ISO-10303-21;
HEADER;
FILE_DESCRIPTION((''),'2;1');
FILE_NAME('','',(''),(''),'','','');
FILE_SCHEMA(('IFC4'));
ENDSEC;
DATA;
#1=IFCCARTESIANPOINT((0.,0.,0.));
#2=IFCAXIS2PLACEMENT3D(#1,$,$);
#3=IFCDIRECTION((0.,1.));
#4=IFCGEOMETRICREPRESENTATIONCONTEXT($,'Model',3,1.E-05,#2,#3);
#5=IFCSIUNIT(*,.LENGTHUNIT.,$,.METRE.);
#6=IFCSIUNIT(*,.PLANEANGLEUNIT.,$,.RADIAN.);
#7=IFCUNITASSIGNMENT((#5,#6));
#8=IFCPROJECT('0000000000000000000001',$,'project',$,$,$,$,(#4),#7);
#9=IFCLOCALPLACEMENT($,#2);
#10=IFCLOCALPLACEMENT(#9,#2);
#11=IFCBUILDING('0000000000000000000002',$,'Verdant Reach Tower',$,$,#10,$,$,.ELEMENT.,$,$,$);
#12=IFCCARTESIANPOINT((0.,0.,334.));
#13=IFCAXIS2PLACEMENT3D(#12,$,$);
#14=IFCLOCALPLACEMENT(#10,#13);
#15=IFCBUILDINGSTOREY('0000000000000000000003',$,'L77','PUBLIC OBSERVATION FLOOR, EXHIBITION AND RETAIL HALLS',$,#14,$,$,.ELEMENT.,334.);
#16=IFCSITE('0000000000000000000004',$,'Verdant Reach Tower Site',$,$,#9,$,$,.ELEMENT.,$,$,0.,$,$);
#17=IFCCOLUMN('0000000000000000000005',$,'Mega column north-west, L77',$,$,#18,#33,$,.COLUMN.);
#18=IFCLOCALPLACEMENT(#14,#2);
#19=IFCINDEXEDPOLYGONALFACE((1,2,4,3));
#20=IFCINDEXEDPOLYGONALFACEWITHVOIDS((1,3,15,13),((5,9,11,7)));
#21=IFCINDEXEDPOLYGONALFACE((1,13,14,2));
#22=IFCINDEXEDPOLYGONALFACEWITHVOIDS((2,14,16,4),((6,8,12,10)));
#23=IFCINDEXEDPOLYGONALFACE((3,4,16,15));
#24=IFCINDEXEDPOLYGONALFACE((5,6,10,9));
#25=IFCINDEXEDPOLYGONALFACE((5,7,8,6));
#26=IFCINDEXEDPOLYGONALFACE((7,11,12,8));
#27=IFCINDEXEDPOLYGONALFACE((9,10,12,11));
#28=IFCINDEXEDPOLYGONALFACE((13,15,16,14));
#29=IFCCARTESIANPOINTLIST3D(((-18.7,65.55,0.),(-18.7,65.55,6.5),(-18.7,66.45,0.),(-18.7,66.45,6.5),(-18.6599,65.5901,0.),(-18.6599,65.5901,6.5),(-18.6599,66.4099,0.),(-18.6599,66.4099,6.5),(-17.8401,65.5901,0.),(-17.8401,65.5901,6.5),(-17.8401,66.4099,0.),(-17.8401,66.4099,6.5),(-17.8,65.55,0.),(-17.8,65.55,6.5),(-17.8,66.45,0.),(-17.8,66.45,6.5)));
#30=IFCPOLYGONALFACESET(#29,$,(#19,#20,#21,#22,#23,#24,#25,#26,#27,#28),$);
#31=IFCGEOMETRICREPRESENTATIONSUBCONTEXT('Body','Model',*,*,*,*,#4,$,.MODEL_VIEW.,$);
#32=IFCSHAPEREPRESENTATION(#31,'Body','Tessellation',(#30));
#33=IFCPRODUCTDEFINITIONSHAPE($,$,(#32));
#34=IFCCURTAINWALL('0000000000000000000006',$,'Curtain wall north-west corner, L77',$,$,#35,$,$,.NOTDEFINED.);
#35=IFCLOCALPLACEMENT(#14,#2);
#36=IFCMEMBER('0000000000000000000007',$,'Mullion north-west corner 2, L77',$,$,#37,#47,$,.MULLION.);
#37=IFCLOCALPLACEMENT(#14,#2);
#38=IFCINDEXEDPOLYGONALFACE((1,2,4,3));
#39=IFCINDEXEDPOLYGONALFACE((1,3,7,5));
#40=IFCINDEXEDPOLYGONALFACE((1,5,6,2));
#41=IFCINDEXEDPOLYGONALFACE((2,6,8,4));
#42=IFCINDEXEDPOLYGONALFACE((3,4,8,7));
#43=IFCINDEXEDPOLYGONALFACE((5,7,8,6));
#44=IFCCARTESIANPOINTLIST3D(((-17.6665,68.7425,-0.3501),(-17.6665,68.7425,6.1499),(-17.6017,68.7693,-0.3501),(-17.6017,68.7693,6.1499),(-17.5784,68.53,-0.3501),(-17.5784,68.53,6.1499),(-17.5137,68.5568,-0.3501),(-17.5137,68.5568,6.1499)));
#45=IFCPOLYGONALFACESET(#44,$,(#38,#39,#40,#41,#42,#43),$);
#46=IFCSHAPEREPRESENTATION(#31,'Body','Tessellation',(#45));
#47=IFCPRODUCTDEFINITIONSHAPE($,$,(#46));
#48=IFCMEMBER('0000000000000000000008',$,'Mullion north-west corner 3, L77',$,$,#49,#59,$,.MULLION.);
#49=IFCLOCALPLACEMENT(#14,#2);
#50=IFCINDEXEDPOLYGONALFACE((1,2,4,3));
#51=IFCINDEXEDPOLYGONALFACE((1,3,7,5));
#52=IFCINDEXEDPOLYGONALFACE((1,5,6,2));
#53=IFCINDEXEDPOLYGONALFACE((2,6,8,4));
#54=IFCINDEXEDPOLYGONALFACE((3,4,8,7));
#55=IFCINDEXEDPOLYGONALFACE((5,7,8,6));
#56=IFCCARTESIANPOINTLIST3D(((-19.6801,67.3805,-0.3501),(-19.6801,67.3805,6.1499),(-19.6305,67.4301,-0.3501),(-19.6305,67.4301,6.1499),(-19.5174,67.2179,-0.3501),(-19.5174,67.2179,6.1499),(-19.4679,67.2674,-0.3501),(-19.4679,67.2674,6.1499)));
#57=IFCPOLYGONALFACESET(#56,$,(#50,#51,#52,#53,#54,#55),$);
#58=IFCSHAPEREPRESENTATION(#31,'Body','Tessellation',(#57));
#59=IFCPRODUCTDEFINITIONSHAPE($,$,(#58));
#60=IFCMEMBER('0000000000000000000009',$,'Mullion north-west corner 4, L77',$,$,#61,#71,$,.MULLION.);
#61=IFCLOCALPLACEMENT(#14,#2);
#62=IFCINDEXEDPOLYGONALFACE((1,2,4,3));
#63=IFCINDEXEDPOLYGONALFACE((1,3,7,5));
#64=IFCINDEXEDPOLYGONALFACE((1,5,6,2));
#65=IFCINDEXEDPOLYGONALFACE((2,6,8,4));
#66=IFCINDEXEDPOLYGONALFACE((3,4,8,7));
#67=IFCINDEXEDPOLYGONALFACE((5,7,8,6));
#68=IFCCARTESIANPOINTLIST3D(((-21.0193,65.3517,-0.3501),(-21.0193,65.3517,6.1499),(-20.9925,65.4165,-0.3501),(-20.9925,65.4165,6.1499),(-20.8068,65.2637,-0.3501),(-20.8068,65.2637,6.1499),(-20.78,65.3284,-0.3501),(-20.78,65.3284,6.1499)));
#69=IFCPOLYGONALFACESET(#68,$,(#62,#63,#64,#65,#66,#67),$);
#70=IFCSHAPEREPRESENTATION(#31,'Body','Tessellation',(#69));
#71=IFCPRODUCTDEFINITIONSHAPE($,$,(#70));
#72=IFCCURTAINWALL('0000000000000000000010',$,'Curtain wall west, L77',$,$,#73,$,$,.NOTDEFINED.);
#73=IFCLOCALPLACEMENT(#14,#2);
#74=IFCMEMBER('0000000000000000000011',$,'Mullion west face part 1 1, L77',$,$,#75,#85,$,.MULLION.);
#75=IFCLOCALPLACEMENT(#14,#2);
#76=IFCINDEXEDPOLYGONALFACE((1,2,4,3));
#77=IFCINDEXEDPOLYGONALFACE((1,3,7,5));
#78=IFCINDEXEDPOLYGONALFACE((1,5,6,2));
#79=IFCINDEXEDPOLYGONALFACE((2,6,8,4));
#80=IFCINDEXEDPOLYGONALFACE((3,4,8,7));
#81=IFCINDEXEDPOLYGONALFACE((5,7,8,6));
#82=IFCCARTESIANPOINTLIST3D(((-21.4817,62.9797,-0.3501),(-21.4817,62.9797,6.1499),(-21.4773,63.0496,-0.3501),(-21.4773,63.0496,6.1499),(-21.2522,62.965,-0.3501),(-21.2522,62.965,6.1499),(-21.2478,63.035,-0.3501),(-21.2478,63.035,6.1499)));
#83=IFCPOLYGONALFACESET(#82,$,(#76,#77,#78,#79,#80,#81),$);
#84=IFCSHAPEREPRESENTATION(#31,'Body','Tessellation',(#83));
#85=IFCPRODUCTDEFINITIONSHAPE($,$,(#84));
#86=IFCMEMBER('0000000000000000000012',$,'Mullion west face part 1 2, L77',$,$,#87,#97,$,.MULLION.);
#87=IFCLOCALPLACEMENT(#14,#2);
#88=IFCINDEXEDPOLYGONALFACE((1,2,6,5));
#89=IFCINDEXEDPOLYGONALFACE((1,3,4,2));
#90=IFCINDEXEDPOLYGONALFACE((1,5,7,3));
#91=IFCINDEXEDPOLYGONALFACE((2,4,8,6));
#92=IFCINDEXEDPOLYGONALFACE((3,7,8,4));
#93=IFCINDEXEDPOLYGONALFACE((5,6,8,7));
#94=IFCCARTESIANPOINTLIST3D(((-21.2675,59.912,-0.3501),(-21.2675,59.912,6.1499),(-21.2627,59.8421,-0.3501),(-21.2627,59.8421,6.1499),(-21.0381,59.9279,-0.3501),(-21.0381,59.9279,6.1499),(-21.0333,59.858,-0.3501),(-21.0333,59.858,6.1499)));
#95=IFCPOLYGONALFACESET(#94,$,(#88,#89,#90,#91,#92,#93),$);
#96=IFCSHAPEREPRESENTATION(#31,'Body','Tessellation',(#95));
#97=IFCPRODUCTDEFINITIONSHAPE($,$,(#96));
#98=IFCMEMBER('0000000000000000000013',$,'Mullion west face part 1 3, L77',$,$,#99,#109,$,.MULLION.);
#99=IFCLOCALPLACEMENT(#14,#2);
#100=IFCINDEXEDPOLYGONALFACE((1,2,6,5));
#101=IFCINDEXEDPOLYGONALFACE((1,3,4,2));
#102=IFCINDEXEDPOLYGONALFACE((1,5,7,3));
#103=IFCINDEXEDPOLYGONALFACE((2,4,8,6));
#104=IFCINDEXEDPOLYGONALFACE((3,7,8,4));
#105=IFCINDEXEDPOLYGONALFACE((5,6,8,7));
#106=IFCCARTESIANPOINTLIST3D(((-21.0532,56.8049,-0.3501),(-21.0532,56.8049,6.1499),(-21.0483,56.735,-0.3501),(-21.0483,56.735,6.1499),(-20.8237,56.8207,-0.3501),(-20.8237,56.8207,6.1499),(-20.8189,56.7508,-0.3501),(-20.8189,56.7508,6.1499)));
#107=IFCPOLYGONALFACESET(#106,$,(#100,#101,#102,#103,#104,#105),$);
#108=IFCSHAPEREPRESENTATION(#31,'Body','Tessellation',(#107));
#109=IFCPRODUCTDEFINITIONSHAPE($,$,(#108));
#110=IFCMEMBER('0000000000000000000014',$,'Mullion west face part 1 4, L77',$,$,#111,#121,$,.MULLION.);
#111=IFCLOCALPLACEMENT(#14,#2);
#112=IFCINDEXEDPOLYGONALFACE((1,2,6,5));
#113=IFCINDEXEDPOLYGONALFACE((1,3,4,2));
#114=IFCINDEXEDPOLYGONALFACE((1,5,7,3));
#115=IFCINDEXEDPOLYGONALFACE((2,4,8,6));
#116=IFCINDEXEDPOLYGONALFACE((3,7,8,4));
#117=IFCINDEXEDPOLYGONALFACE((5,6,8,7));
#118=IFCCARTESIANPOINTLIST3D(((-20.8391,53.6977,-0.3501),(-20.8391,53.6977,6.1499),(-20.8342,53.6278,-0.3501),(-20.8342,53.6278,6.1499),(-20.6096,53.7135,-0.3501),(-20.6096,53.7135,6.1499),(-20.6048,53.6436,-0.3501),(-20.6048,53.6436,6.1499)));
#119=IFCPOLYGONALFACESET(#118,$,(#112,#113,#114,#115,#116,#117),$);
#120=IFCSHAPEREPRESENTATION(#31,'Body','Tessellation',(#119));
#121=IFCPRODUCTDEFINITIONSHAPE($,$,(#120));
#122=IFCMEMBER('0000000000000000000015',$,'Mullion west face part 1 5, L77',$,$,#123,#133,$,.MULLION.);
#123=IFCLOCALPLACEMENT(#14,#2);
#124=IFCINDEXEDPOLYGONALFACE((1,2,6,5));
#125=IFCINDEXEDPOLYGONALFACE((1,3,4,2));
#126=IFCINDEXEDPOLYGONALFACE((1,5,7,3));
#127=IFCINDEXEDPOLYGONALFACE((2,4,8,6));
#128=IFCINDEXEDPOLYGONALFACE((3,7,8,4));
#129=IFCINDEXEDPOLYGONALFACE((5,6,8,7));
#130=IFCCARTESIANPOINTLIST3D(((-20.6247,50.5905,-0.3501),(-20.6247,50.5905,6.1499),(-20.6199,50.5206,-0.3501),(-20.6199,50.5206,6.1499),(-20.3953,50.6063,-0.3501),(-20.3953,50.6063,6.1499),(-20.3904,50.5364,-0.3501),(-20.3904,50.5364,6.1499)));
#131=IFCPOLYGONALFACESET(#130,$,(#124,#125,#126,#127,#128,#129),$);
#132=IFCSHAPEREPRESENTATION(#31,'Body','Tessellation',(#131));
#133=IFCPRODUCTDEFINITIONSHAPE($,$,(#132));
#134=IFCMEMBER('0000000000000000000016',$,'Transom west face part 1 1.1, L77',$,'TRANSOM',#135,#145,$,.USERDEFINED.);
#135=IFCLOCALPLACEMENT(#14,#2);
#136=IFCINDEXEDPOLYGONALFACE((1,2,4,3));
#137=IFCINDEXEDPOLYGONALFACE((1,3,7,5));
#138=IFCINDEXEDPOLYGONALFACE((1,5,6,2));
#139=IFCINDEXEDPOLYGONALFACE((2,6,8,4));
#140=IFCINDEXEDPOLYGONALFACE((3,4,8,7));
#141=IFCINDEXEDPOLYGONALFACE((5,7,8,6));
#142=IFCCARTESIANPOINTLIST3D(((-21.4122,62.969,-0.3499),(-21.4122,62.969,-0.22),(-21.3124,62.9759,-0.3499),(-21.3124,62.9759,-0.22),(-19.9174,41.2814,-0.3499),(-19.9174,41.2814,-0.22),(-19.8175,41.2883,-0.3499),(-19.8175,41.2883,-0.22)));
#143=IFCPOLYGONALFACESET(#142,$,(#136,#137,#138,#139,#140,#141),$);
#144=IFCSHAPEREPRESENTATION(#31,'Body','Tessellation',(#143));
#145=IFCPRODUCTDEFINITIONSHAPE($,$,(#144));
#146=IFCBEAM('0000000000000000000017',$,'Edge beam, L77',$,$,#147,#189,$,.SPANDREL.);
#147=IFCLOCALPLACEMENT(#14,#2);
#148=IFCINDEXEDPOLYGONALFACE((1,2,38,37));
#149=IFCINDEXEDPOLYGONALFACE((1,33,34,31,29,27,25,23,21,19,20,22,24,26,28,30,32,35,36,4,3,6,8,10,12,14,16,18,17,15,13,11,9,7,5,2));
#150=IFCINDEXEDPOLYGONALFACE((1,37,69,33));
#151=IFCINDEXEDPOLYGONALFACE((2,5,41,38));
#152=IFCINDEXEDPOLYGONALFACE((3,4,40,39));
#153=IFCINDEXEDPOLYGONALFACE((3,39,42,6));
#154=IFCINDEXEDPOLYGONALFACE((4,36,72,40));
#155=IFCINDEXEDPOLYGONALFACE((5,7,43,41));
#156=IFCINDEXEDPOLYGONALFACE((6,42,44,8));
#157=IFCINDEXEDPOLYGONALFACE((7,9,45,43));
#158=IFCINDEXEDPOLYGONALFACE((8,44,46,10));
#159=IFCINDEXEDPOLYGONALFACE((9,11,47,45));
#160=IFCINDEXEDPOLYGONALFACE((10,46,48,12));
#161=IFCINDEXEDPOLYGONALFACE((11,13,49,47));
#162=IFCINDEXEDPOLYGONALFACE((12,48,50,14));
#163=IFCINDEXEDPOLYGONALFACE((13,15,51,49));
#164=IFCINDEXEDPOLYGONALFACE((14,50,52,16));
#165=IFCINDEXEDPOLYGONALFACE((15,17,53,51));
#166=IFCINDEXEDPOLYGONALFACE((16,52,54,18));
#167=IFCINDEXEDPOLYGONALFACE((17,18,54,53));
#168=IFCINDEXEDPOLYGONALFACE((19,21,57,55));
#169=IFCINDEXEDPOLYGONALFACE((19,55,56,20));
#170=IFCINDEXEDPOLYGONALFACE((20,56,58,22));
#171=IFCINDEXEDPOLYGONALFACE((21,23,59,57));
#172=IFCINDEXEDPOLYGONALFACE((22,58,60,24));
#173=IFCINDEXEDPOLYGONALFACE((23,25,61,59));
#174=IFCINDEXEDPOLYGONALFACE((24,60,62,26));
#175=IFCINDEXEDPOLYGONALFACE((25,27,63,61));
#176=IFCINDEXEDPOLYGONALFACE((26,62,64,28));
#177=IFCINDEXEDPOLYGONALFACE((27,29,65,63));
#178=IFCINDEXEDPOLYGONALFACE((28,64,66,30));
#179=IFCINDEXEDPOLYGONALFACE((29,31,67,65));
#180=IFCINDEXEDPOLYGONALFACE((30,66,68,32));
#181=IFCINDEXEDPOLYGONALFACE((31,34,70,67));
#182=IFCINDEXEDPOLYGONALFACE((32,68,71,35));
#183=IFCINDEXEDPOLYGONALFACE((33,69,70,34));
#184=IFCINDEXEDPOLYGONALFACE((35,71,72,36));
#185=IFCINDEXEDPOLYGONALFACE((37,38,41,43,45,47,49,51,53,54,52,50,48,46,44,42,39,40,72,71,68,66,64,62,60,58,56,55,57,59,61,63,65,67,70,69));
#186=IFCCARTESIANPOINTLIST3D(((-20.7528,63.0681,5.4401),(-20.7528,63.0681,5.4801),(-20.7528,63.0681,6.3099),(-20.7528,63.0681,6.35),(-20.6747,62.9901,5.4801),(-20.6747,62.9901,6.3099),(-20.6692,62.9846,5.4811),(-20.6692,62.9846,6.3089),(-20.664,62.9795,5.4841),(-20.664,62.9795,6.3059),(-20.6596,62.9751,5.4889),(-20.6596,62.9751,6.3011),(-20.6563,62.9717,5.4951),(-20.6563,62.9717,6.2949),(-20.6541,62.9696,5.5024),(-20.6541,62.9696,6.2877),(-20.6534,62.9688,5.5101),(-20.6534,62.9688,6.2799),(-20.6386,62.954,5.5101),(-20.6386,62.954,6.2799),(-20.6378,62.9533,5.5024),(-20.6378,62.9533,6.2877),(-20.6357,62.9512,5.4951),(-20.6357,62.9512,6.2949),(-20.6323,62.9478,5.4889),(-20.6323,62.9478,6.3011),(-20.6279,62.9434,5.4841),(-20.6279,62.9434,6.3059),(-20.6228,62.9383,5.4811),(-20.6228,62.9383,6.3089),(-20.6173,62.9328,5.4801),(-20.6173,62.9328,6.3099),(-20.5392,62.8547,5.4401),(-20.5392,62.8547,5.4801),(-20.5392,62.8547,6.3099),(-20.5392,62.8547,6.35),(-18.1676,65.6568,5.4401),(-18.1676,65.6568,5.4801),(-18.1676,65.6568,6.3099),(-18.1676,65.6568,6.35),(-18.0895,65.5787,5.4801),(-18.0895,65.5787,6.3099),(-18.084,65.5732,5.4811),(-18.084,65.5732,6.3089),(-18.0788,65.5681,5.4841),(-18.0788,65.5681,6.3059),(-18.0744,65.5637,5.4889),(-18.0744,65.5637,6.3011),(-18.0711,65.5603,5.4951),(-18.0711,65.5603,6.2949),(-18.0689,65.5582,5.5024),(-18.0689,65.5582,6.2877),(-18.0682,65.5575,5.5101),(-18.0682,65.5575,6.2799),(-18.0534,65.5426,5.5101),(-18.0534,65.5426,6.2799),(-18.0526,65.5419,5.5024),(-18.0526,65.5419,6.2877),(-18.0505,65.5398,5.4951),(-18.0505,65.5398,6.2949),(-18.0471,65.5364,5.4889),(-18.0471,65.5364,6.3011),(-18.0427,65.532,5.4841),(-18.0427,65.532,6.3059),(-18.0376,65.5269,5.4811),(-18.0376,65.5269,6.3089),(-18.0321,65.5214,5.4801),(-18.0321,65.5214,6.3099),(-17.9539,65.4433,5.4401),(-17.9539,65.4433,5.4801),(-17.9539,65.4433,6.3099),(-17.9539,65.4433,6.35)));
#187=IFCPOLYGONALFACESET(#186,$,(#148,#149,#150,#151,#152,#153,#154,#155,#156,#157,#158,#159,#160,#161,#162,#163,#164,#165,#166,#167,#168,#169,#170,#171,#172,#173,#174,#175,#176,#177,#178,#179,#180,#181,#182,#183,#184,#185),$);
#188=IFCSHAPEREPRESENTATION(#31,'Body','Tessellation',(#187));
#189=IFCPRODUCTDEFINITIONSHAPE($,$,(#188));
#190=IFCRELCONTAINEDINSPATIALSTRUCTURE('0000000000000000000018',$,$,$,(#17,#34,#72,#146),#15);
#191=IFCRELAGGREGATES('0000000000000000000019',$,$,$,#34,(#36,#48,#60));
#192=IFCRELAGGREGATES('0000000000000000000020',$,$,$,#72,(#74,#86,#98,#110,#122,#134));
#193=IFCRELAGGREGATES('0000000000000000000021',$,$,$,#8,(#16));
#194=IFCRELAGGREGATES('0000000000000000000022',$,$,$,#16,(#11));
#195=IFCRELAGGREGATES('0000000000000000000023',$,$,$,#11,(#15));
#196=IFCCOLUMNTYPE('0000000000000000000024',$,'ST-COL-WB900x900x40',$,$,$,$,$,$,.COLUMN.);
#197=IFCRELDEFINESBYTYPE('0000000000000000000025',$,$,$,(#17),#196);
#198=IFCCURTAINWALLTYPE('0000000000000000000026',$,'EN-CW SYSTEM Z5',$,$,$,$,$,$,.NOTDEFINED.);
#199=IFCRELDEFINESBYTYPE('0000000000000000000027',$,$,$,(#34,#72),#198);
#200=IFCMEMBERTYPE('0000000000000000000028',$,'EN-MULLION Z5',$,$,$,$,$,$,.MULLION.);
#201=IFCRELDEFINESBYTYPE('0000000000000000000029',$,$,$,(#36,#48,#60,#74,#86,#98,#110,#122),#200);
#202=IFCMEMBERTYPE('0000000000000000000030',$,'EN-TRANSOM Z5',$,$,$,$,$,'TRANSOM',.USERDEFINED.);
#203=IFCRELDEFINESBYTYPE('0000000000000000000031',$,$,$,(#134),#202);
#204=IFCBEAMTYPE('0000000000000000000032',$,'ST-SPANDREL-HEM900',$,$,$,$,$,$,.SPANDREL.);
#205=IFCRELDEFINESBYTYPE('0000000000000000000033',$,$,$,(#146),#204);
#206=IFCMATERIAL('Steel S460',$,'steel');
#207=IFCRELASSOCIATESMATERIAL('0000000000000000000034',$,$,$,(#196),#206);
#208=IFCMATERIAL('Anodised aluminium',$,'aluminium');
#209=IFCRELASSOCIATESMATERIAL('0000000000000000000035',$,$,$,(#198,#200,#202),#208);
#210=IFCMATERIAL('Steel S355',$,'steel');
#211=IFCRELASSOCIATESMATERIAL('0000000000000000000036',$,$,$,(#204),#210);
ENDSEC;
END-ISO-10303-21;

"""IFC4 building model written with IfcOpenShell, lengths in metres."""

from ifc_helpers import new_model, si_unit, direction, frame, origin, origin_2d, place, context, subcontext, project, spatial, rectangle, hollow_rectangle, i_section, extrude, material, material_profile, profile_set, type_object, element, aggregate, save


model = new_model("IFC4")

# Units and contexts
model_context = context("Model", 3, precision=1e-05, world=origin(), true_north=direction((0.0, 1.0)))
body_context = subcontext(model_context, "Body", "Model", "MODEL_VIEW")
ifc_project = project(units=[si_unit("LENGTHUNIT", "METRE"), si_unit("PLANEANGLEUNIT", "RADIAN")], contexts=[model_context])

# Site, building, storey
site_placement = place(None, origin())
site = spatial("IfcSite", under=ifc_project, at=site_placement, Name="Verdant Reach Tower Site", CompositionType="ELEMENT", RefElevation=0.0)
building_placement = place(site_placement, origin())
building = spatial("IfcBuilding", under=site, at=building_placement, Name="Verdant Reach Tower", CompositionType="ELEMENT")
storey_placement = place(building_placement, frame((0.0, 0.0, 334.0)))
storey = spatial("IfcBuildingStorey", under=building, at=storey_placement, Name="L77", Description="PUBLIC OBSERVATION FLOOR, EXHIBITION AND RETAIL HALLS", CompositionType="ELEMENT", Elevation=334.0)

# Column
ifc_material_1 = material(Name="Steel S460", Category="steel")
ifc_material_profile_1 = material_profile(ifc_material_1, hollow_rectangle(XDim=0.8999, YDim=0.8999, WallThickness=0.04, at=origin_2d()), Name="WB 900x900x40")
ifc_profile_set_1 = profile_set([ifc_material_profile_1], Name="Steel S460")
column_type = type_object("IfcColumnType", Name="ST-COL-WB900x900x40", PredefinedType="COLUMN", material=ifc_profile_set_1)
column_placement = place(storey_placement, frame((-18.25, 66.0, 0.0), z_axis=(0.0, 0.0, 1.0), x_axis=(1.0, 0.0, 0.0)))
element("IfcColumn", 1, at=column_placement, inside=storey, type_object=column_type, Name="Mega column north-west, L77", PredefinedType="COLUMN", context=body_context, shape_type="SweptSolid", body=[
    extrude(hollow_rectangle(XDim=0.8999, YDim=0.8999, WallThickness=0.04, at=origin_2d()), origin(), (0.0, 0.0, 1.0), 6.5),
])

# Curtain walls, members
ifc_material_2 = material(Name="Anodised aluminium", Category="aluminium")
curtain_wall_type = type_object("IfcCurtainWallType", Name="EN-CW SYSTEM Z5", PredefinedType="NOTDEFINED", material=ifc_material_2)
curtain_wall_1_placement = place(storey_placement, origin())
curtain_wall_1 = element("IfcCurtainWall", 2, at=curtain_wall_1_placement, inside=storey, type_object=curtain_wall_type, Name="Curtain wall north-west corner, L77", PredefinedType="NOTDEFINED")
ifc_material_profile_2 = material_profile(ifc_material_2, rectangle(XDim=0.23, YDim=0.0701, at=origin_2d()), Name="Mullion 70x230")
ifc_profile_set_2 = profile_set([ifc_material_profile_2], Name="Anodised aluminium")
member_type_1 = type_object("IfcMemberType", Name="EN-MULLION Z5", PredefinedType="MULLION", material=ifc_profile_set_2)
member_1_placement = place(storey_placement, frame((-17.5901, 68.6497, -0.3501), z_axis=(0.0, 0.0, 1.0), x_axis=(-0.382694, 0.923875, 0.0)))
member_1 = element("IfcMember", 3, at=member_1_placement, type_object=member_type_1, Name="Mullion north-west corner 2, L77", PredefinedType="MULLION", context=body_context, shape_type="SweptSolid", body=[
    extrude(rectangle(XDim=0.23, YDim=0.0701, at=origin_2d()), origin(), (0.0, 0.0, 1.0), 6.5),
])
member_2_placement = place(storey_placement, frame((-19.574, 67.324, -0.3501), z_axis=(0.0, 0.0, 1.0), x_axis=(-0.707107, 0.707107, 0.0)))
member_2 = element("IfcMember", 4, at=member_2_placement, type_object=member_type_1, Name="Mullion north-west corner 3, L77", PredefinedType="MULLION", context=body_context, shape_type="SweptSolid", body=[
    extrude(rectangle(XDim=0.23, YDim=0.0701, at=origin_2d()), origin(), (0.0, 0.0, 1.0), 6.5),
])
member_3_placement = place(storey_placement, frame((-20.8997, 65.3401, -0.3501), z_axis=(0.0, 0.0, 1.0), x_axis=(-0.923875, 0.382694, 0.0)))
member_3 = element("IfcMember", 5, at=member_3_placement, type_object=member_type_1, Name="Mullion north-west corner 4, L77", PredefinedType="MULLION", context=body_context, shape_type="SweptSolid", body=[
    extrude(rectangle(XDim=0.23, YDim=0.0701, at=origin_2d()), origin(), (0.0, 0.0, 1.0), 6.5),
])
curtain_wall_2_placement = place(storey_placement, origin())
curtain_wall_2 = element("IfcCurtainWall", 6, at=curtain_wall_2_placement, inside=storey, type_object=curtain_wall_type, Name="Curtain wall west, L77", PredefinedType="NOTDEFINED")
member_4_placement = place(storey_placement, frame((-21.3647, 63.0073, -0.3501), z_axis=(0.0, 0.0, 1.0), x_axis=(-0.997969, 0.063699, 0.0)))
member_4 = element("IfcMember", 7, at=member_4_placement, type_object=member_type_1, Name="Mullion west face part 1 1, L77", PredefinedType="MULLION", context=body_context, shape_type="SweptSolid", body=[
    extrude(rectangle(XDim=0.23, YDim=0.0701, at=origin_2d()), origin(), (0.0, 0.0, 1.0), 6.5),
])
member_5_placement = place(storey_placement, frame((-21.1504, 59.885, -0.3501), z_axis=(0.0, 0.0, 1.0), x_axis=(-0.99763, -0.068802, 0.0)))
member_5 = element("IfcMember", 8, at=member_5_placement, type_object=member_type_1, Name="Mullion west face part 1 2, L77", PredefinedType="MULLION", context=body_context, shape_type="SweptSolid", body=[
    extrude(rectangle(XDim=0.23, YDim=0.0701, at=origin_2d()), origin(), (0.0, 0.0, 1.0), 6.5),
])
member_6_placement = place(storey_placement, frame((-20.936, 56.7778, -0.3501), z_axis=(0.0, 0.0, 1.0), x_axis=(-0.99763, -0.068802, 0.0)))
member_6 = element("IfcMember", 9, at=member_6_placement, type_object=member_type_1, Name="Mullion west face part 1 3, L77", PredefinedType="MULLION", context=body_context, shape_type="SweptSolid", body=[
    extrude(rectangle(XDim=0.23, YDim=0.0701, at=origin_2d()), origin(), (0.0, 0.0, 1.0), 6.5),
])
member_7_placement = place(storey_placement, frame((-20.7219, 53.6707, -0.3501), z_axis=(0.0, 0.0, 1.0), x_axis=(-0.99763, -0.068802, 0.0)))
member_7 = element("IfcMember", 10, at=member_7_placement, type_object=member_type_1, Name="Mullion west face part 1 4, L77", PredefinedType="MULLION", context=body_context, shape_type="SweptSolid", body=[
    extrude(rectangle(XDim=0.23, YDim=0.0701, at=origin_2d()), origin(), (0.0, 0.0, 1.0), 6.5),
])
member_8_placement = place(storey_placement, frame((-20.5076, 50.5635, -0.3501), z_axis=(0.0, 0.0, 1.0), x_axis=(-0.99763, -0.068802, 0.0)))
member_8 = element("IfcMember", 11, at=member_8_placement, type_object=member_type_1, Name="Mullion west face part 1 5, L77", PredefinedType="MULLION", context=body_context, shape_type="SweptSolid", body=[
    extrude(rectangle(XDim=0.23, YDim=0.0701, at=origin_2d()), origin(), (0.0, 0.0, 1.0), 6.5),
])
ifc_material_profile_3 = material_profile(ifc_material_2, rectangle(XDim=0.1001, YDim=0.1299, at=origin_2d()), Name="Transom 130x100")
ifc_profile_set_3 = profile_set([ifc_material_profile_3], Name="Anodised aluminium")
member_type_2 = type_object("IfcMemberType", Name="EN-TRANSOM Z5", ElementType="TRANSOM", PredefinedType="USERDEFINED", material=ifc_profile_set_3)
member_9_placement = place(storey_placement, frame((-21.3623, 62.9724, -0.2849), z_axis=(0.068765, -0.997633, 0.0), x_axis=(0.997633, 0.068765, 0.0)))
member_9 = element("IfcMember", 12, at=member_9_placement, type_object=member_type_2, Name="Transom west face part 1 1.1, L77", ObjectType="TRANSOM", PredefinedType="USERDEFINED", context=body_context, shape_type="SweptSolid", body=[
    extrude(rectangle(XDim=0.1001, YDim=0.1299, at=origin_2d()), origin(), (0.0, 0.0, 1.0), 21.739),
])

# Beam
ifc_material_3 = material(Name="Steel S355", Category="steel")
ifc_material_profile_4 = material_profile(ifc_material_3, i_section(OverallWidth=0.302, OverallDepth=0.9099, WebThickness=0.021, FlangeThickness=0.04, FilletRadius=0.03, at=origin_2d()), Name="HEM 900")
ifc_profile_set_4 = profile_set([ifc_material_profile_4], Name="Steel S355")
beam_type = type_object("IfcBeamType", Name="ST-SPANDREL-HEM900", PredefinedType="SPANDREL", material=ifc_profile_set_4)
beam_1_placement = place(storey_placement, frame((-20.646, 62.9614, 5.895), z_axis=(0.706639, 0.707574, 0.0), x_axis=(-0.707574, 0.706639, 0.0)))
element("IfcBeam", 13, at=beam_1_placement, inside=storey, type_object=beam_type, Name="Edge beam, L77", PredefinedType="SPANDREL", context=body_context, shape_type="SweptSolid", body=[
    extrude(i_section(OverallWidth=0.302, OverallDepth=0.9099, WebThickness=0.021, FlangeThickness=0.04, FilletRadius=0.03, at=origin_2d()), origin(), (0.0, 0.0, 1.0), 3.6584),
])

aggregate(curtain_wall_1, [member_1, member_2, member_3])
aggregate(curtain_wall_2, [member_4, member_5, member_6, member_7, member_8, member_9])

save(model, "model.ifc")
